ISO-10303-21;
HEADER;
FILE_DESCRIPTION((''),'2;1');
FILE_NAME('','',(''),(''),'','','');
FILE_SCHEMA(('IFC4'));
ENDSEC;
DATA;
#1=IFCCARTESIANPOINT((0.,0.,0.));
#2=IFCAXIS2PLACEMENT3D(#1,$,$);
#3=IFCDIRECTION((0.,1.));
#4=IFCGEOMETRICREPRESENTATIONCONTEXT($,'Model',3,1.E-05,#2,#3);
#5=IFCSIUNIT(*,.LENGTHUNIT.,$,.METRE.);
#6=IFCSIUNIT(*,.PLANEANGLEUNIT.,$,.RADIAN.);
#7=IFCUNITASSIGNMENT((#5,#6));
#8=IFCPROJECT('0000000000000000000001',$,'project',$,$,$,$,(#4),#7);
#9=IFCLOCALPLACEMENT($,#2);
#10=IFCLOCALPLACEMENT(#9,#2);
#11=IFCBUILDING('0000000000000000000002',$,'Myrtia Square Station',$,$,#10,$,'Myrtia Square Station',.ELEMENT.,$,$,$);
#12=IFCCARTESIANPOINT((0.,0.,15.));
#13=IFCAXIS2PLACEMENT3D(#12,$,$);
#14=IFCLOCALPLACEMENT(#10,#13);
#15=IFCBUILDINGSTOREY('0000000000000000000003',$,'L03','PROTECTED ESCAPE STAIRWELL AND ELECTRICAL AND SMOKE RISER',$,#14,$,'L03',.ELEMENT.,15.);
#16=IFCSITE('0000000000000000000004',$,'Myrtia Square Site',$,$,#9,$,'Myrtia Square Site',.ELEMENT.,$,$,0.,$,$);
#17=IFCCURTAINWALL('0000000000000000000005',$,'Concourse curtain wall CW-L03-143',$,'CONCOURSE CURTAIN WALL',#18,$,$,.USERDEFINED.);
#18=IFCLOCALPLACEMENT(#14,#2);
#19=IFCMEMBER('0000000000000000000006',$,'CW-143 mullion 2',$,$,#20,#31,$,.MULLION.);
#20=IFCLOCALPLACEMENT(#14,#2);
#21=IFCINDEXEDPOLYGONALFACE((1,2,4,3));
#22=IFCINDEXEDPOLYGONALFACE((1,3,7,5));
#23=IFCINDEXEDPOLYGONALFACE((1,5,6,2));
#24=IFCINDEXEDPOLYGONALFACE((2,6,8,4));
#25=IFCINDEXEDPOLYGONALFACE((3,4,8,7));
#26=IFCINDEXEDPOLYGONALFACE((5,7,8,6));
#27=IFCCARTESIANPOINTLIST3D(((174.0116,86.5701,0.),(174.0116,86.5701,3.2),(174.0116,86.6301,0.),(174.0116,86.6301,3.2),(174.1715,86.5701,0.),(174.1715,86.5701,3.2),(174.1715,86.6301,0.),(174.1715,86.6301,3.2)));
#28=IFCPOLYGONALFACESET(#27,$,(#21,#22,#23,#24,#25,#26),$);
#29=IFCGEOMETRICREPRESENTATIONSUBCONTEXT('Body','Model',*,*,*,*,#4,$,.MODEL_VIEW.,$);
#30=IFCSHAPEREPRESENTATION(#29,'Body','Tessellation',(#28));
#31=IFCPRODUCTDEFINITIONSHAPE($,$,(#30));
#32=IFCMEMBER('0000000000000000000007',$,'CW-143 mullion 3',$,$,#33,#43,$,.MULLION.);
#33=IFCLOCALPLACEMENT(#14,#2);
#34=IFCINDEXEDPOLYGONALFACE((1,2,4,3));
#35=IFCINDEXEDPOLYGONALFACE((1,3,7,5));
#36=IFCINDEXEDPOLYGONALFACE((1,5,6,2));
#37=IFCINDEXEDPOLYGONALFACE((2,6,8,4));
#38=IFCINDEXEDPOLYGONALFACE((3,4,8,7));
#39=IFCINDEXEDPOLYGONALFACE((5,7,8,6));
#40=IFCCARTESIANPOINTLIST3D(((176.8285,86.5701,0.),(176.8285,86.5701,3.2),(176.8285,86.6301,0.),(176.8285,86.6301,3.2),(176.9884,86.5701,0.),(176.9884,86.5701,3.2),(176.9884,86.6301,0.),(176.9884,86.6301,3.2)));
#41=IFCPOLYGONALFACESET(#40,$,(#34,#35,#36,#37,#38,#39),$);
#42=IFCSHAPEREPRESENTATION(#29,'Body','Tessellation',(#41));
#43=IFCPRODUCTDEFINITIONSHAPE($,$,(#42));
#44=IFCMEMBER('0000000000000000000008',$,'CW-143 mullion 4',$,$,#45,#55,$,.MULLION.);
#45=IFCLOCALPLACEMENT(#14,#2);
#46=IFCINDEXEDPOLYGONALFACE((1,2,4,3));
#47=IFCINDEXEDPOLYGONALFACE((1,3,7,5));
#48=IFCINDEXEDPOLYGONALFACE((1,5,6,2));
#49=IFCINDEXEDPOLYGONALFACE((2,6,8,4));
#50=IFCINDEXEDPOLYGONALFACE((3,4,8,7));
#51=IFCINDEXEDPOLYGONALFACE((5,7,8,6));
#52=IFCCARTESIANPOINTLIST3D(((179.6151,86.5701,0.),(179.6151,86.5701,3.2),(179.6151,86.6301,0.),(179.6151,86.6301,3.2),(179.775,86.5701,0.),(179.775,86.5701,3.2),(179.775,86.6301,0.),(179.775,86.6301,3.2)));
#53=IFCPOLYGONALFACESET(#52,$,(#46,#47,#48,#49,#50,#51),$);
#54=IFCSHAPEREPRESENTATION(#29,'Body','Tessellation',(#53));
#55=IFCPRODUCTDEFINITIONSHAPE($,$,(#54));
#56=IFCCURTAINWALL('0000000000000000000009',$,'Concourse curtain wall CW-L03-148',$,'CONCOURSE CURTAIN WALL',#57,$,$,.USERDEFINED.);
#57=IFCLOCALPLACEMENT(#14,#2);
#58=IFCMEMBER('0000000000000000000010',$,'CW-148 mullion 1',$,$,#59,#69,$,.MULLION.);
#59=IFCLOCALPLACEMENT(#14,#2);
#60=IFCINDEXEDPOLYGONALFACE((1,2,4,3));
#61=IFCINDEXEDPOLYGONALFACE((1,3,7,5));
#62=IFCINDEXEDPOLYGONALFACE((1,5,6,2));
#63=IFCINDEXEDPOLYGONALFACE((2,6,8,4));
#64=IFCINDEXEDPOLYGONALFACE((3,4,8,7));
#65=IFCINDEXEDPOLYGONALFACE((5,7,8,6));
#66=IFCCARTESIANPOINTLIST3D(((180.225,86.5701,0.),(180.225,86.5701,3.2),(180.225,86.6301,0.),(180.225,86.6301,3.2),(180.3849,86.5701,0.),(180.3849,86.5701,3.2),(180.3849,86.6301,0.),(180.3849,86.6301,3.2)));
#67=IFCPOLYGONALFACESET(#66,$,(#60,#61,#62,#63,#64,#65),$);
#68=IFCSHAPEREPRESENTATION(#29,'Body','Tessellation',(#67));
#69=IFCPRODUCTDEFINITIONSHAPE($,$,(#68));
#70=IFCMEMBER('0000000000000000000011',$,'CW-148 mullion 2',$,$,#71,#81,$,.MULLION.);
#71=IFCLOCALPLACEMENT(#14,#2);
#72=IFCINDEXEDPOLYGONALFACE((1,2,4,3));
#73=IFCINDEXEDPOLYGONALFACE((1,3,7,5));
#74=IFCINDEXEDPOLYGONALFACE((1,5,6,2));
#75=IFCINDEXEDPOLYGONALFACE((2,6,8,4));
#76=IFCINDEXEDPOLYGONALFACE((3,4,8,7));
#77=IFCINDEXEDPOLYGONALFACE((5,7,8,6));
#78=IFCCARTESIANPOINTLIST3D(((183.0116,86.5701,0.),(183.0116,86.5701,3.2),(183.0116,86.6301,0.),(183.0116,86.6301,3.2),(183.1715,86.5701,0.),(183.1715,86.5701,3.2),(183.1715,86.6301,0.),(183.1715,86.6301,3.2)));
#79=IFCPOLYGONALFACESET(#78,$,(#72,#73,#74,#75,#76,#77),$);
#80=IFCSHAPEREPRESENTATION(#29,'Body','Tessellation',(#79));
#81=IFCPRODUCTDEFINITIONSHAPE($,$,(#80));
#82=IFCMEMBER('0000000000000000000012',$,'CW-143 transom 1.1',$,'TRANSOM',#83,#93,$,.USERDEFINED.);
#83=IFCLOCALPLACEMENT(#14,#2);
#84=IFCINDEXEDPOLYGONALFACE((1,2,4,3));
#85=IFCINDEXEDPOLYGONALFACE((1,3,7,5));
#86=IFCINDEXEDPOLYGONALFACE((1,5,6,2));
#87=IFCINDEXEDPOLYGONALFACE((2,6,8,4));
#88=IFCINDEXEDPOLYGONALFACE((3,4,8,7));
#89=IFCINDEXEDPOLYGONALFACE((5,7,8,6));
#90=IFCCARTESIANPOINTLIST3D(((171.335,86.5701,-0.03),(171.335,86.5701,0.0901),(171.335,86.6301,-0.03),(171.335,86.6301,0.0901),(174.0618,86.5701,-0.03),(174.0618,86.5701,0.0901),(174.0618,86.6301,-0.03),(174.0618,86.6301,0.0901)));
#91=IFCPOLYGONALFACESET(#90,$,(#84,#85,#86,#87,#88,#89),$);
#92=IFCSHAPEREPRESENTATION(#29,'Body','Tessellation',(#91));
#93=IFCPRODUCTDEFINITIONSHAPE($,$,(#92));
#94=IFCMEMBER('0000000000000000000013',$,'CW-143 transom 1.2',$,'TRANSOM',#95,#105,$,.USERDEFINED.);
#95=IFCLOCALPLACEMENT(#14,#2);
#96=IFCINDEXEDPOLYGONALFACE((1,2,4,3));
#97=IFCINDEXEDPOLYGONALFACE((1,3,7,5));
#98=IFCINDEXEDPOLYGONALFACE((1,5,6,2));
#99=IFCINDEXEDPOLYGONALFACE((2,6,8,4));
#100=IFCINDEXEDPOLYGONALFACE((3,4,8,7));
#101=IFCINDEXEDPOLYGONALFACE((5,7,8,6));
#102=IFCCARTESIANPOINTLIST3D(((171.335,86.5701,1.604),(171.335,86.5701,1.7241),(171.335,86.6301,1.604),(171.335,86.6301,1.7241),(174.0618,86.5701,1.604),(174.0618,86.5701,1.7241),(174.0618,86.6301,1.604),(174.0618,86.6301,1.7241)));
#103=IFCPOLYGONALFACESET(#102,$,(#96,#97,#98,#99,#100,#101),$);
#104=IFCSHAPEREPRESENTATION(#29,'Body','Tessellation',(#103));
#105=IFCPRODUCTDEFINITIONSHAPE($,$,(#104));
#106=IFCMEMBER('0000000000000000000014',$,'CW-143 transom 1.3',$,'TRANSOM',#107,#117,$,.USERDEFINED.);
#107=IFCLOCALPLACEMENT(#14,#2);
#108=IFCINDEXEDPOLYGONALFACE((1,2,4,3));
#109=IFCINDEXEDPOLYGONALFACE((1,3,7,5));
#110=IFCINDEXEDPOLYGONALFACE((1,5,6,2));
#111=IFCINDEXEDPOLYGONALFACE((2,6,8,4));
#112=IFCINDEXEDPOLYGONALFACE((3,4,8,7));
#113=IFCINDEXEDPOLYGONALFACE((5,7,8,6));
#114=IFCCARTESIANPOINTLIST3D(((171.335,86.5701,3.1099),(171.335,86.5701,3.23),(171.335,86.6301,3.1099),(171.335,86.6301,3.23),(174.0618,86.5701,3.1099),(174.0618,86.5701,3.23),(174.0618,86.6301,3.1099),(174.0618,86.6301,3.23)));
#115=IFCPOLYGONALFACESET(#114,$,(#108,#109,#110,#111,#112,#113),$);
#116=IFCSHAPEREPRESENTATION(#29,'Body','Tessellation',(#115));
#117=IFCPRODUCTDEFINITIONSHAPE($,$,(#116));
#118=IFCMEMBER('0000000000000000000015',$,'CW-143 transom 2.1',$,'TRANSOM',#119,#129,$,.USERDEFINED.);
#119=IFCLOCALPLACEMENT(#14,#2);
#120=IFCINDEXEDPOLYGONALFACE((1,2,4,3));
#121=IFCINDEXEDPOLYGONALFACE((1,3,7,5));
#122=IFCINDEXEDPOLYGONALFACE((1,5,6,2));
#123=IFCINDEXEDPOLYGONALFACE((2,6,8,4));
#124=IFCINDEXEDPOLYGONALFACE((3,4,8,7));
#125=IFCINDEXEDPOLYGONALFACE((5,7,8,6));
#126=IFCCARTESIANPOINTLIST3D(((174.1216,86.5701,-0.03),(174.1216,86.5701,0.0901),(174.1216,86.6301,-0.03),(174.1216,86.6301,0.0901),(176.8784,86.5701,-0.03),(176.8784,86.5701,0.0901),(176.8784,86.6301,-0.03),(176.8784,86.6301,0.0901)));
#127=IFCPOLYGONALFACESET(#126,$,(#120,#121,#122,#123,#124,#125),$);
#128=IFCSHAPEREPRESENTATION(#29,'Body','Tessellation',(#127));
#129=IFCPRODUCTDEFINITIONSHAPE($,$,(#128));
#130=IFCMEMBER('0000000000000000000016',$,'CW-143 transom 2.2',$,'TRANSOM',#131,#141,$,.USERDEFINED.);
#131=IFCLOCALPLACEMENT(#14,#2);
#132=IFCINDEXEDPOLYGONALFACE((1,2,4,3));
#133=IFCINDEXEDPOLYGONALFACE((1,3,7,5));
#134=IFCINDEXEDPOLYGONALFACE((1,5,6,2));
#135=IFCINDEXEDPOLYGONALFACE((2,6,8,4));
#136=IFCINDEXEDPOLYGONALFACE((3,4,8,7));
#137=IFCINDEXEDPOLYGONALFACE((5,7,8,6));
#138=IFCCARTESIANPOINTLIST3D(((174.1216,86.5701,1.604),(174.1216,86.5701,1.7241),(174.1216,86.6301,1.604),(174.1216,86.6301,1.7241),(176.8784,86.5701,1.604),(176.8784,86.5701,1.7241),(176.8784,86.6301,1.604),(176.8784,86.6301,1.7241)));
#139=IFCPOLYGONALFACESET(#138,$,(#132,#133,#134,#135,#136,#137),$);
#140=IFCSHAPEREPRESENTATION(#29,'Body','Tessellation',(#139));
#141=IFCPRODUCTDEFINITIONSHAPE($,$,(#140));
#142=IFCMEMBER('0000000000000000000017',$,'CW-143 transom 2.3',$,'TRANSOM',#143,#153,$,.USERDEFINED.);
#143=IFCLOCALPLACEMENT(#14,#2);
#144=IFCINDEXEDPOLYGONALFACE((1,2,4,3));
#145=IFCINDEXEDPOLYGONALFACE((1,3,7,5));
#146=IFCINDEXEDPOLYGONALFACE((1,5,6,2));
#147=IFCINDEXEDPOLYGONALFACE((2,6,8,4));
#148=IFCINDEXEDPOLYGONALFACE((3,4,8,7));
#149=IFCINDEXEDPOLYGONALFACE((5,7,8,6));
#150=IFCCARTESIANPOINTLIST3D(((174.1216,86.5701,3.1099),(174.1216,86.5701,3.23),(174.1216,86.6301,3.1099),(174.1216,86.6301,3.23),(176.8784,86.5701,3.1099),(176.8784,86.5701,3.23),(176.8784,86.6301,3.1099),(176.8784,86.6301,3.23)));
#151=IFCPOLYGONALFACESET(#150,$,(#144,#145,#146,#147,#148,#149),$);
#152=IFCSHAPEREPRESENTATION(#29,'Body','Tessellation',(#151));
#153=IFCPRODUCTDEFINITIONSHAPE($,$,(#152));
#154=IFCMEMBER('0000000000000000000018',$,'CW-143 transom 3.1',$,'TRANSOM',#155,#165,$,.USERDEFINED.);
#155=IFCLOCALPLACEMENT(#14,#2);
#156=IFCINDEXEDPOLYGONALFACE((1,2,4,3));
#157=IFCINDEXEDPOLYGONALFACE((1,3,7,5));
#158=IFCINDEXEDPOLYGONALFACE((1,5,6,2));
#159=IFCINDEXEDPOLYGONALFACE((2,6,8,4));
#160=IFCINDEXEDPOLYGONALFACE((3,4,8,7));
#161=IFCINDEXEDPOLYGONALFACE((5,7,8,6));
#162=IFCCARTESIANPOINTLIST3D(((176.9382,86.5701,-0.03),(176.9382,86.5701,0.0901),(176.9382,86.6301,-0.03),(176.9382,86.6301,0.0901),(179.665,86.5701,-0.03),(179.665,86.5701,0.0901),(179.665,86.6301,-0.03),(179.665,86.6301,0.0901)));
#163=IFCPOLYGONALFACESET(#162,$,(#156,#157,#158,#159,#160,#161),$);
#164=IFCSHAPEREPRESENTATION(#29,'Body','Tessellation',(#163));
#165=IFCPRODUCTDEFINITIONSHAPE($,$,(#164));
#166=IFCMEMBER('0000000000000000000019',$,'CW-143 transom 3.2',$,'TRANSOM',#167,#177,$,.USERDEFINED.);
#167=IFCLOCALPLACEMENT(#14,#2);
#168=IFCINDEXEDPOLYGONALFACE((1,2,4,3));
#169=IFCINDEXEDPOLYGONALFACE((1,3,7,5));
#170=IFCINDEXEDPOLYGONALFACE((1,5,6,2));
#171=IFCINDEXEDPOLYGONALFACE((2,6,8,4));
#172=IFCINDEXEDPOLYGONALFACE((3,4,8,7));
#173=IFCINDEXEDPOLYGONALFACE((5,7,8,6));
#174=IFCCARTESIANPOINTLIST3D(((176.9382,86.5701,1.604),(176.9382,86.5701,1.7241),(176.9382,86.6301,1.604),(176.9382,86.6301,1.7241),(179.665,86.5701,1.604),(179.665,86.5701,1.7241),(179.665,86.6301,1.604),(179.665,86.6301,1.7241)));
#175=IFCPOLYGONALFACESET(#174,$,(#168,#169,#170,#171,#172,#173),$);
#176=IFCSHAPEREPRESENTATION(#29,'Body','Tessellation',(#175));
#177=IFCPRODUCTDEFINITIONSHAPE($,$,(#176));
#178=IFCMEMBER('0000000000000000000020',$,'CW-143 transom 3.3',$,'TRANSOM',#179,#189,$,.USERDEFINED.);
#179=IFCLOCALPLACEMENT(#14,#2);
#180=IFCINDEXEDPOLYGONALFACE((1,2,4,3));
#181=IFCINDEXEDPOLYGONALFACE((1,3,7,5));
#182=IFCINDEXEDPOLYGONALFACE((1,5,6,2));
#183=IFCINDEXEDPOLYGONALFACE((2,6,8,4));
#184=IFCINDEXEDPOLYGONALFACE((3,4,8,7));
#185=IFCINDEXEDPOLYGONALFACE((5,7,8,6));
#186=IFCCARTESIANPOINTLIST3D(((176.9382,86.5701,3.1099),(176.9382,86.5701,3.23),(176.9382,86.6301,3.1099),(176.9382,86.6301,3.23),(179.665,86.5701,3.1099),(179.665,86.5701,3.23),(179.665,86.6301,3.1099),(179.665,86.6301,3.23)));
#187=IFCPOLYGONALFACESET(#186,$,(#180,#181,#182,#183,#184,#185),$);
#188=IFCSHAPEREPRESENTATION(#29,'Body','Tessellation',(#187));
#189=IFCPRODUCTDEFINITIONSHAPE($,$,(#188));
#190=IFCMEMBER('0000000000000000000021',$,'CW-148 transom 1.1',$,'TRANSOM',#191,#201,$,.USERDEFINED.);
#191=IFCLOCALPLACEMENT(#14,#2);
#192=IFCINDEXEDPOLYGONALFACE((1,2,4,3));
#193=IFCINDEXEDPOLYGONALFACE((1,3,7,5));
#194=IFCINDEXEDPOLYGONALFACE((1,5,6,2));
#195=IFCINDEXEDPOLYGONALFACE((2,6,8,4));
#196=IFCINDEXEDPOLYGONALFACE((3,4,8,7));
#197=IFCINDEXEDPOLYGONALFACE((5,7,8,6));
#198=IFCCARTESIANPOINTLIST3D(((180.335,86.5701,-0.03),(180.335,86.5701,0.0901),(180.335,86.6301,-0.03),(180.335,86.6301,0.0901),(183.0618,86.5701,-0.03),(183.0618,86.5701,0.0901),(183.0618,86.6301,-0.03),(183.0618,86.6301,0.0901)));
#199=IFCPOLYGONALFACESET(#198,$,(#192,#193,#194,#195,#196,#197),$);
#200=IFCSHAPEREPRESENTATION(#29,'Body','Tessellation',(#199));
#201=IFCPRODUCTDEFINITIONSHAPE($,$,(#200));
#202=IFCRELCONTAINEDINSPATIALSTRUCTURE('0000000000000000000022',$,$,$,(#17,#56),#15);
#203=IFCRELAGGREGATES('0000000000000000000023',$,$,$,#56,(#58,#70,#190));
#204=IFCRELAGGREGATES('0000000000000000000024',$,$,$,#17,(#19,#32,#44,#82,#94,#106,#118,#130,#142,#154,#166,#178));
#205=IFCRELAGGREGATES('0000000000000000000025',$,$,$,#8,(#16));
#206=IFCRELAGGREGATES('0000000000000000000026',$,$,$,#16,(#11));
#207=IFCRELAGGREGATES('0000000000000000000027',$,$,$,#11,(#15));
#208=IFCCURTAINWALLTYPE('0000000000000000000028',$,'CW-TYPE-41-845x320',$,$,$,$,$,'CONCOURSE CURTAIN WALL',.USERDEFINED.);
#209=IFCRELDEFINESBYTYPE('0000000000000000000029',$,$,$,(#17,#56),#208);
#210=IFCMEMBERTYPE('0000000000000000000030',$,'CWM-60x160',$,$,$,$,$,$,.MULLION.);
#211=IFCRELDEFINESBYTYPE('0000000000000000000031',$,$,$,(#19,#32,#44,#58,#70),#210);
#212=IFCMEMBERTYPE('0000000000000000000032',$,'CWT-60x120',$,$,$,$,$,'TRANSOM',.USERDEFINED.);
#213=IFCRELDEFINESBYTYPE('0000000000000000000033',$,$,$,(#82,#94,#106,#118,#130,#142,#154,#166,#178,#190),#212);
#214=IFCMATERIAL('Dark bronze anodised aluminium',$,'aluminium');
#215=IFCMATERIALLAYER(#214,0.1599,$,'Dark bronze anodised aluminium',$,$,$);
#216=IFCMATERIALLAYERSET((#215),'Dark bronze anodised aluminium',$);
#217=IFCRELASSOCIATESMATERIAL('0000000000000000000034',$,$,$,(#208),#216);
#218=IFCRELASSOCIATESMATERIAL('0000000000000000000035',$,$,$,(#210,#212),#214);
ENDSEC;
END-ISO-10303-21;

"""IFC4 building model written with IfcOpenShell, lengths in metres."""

from ifc_helpers import new_model, si_unit, direction, frame, origin, origin_2d, place, context, subcontext, project, spatial, rectangle, extrude, material, layer, layer_set, material_profile, profile_set, type_object, element, aggregate, save


model = new_model("IFC4")

# Units and contexts
model_context = context("Model", 3, precision=1e-05, world=origin(), true_north=direction((0.0, 1.0)))
body_context = subcontext(model_context, "Body", "Model", "MODEL_VIEW")
ifc_project = project(units=[si_unit("LENGTHUNIT", "METRE"), si_unit("PLANEANGLEUNIT", "RADIAN")], contexts=[model_context])

# Site, building, storey
site_placement = place(None, origin())
site = spatial("IfcSite", under=ifc_project, at=site_placement, Name="Myrtia Square Site", LongName="Myrtia Square Site", CompositionType="ELEMENT", RefElevation=0.0)
building_placement = place(site_placement, origin())
building = spatial("IfcBuilding", under=site, at=building_placement, Name="Myrtia Square Station", LongName="Myrtia Square Station", CompositionType="ELEMENT")
storey_placement = place(building_placement, frame((0.0, 0.0, 15.0)))
storey = spatial("IfcBuildingStorey", under=building, at=storey_placement, Name="L03", Description="PROTECTED ESCAPE STAIRWELL AND ELECTRICAL AND SMOKE RISER", LongName="L03", CompositionType="ELEMENT", Elevation=15.0)

# Curtain walls, members
ifc_material_1 = material(Name="Dark bronze anodised aluminium", Category="aluminium")
ifc_layer_1 = layer(ifc_material_1, 0.1599, Name="Dark bronze anodised aluminium")
ifc_layer_set_1 = layer_set([ifc_layer_1], Name="Dark bronze anodised aluminium")
curtain_wall_type = type_object("IfcCurtainWallType", Name="CW-TYPE-41-845x320", ElementType="CONCOURSE CURTAIN WALL", PredefinedType="USERDEFINED", material=ifc_layer_set_1)
curtain_wall_1_placement = place(storey_placement, origin())
curtain_wall_1 = element("IfcCurtainWall", 1, at=curtain_wall_1_placement, inside=storey, type_object=curtain_wall_type, Name="Concourse curtain wall CW-L03-143", ObjectType="CONCOURSE CURTAIN WALL", PredefinedType="USERDEFINED")
ifc_material_profile_1 = material_profile(ifc_material_1, rectangle(XDim=0.0601, YDim=0.1599, at=origin_2d()), Name="ALU-M 60x160")
ifc_profile_set_1 = profile_set([ifc_material_profile_1], Name="Dark bronze anodised aluminium")
member_type_1 = type_object("IfcMemberType", Name="CWM-60x160", PredefinedType="MULLION", material=ifc_profile_set_1)
member_1_placement = place(storey_placement, frame((174.0916, 86.6001, 0.0), z_axis=(0.0, 0.0, 1.0), x_axis=(0.0, 1.0, 0.0)))
member_1 = element("IfcMember", 2, at=member_1_placement, type_object=member_type_1, Name="CW-143 mullion 2", PredefinedType="MULLION", context=body_context, shape_type="SweptSolid", body=[
    extrude(rectangle(XDim=0.0601, YDim=0.1599, at=origin_2d()), origin(), (0.0, 0.0, 1.0), 3.2),
])
member_2_placement = place(storey_placement, frame((176.9084, 86.6001, 0.0), z_axis=(0.0, 0.0, 1.0), x_axis=(0.0, 1.0, 0.0)))
member_2 = element("IfcMember", 3, at=member_2_placement, type_object=member_type_1, Name="CW-143 mullion 3", PredefinedType="MULLION", context=body_context, shape_type="SweptSolid", body=[
    extrude(rectangle(XDim=0.0601, YDim=0.1599, at=origin_2d()), origin(), (0.0, 0.0, 1.0), 3.2),
])
member_3_placement = place(storey_placement, frame((179.6951, 86.6001, 0.0), z_axis=(0.0, 0.0, 1.0), x_axis=(0.0, 1.0, 0.0)))
member_3 = element("IfcMember", 4, at=member_3_placement, type_object=member_type_1, Name="CW-143 mullion 4", PredefinedType="MULLION", context=body_context, shape_type="SweptSolid", body=[
    extrude(rectangle(XDim=0.0601, YDim=0.1599, at=origin_2d()), origin(), (0.0, 0.0, 1.0), 3.2),
])
curtain_wall_2_placement = place(storey_placement, origin())
curtain_wall_2 = element("IfcCurtainWall", 5, at=curtain_wall_2_placement, inside=storey, type_object=curtain_wall_type, Name="Concourse curtain wall CW-L03-148", ObjectType="CONCOURSE CURTAIN WALL", PredefinedType="USERDEFINED")
member_4_placement = place(storey_placement, frame((180.3049, 86.6001, 0.0), z_axis=(0.0, 0.0, 1.0), x_axis=(0.0, 1.0, 0.0)))
member_4 = element("IfcMember", 6, at=member_4_placement, type_object=member_type_1, Name="CW-148 mullion 1", PredefinedType="MULLION", context=body_context, shape_type="SweptSolid", body=[
    extrude(rectangle(XDim=0.0601, YDim=0.1599, at=origin_2d()), origin(), (0.0, 0.0, 1.0), 3.2),
])
member_5_placement = place(storey_placement, frame((183.0916, 86.6001, 0.0), z_axis=(0.0, 0.0, 1.0), x_axis=(0.0, 1.0, 0.0)))
member_5 = element("IfcMember", 7, at=member_5_placement, type_object=member_type_1, Name="CW-148 mullion 2", PredefinedType="MULLION", context=body_context, shape_type="SweptSolid", body=[
    extrude(rectangle(XDim=0.0601, YDim=0.1599, at=origin_2d()), origin(), (0.0, 0.0, 1.0), 3.2),
])

# Members
ifc_material_profile_2 = material_profile(ifc_material_1, rectangle(XDim=0.0601, YDim=0.1201, at=origin_2d()), Name="ALU-T 60x120")
ifc_profile_set_2 = profile_set([ifc_material_profile_2], Name="Dark bronze anodised aluminium")
member_type_2 = type_object("IfcMemberType", Name="CWT-60x120", ElementType="TRANSOM", PredefinedType="USERDEFINED", material=ifc_profile_set_2)
member_6_placement = place(storey_placement, frame((171.335, 86.6001, 0.03), z_axis=(1.0, 0.0, 0.0), x_axis=(0.0, 1.0, 0.0)))
member_6 = element("IfcMember", 8, at=member_6_placement, type_object=member_type_2, Name="CW-143 transom 1.1", ObjectType="TRANSOM", PredefinedType="USERDEFINED", context=body_context, shape_type="SweptSolid", body=[
    extrude(rectangle(XDim=0.0601, YDim=0.1201, at=origin_2d()), origin(), (0.0, 0.0, 1.0), 2.7268),
])
member_7_placement = place(storey_placement, frame((171.335, 86.6001, 1.6641), z_axis=(1.0, 0.0, 0.0), x_axis=(0.0, 1.0, 0.0)))
member_7 = element("IfcMember", 9, at=member_7_placement, type_object=member_type_2, Name="CW-143 transom 1.2", ObjectType="TRANSOM", PredefinedType="USERDEFINED", context=body_context, shape_type="SweptSolid", body=[
    extrude(rectangle(XDim=0.0601, YDim=0.1201, at=origin_2d()), origin(), (0.0, 0.0, 1.0), 2.7268),
])
member_8_placement = place(storey_placement, frame((171.335, 86.6001, 3.1699), z_axis=(1.0, 0.0, 0.0), x_axis=(0.0, 1.0, 0.0)))
member_8 = element("IfcMember", 10, at=member_8_placement, type_object=member_type_2, Name="CW-143 transom 1.3", ObjectType="TRANSOM", PredefinedType="USERDEFINED", context=body_context, shape_type="SweptSolid", body=[
    extrude(rectangle(XDim=0.0601, YDim=0.1201, at=origin_2d()), origin(), (0.0, 0.0, 1.0), 2.7268),
])
member_9_placement = place(storey_placement, frame((174.1216, 86.6001, 0.03), z_axis=(1.0, 0.0, 0.0), x_axis=(0.0, 1.0, 0.0)))
member_9 = element("IfcMember", 11, at=member_9_placement, type_object=member_type_2, Name="CW-143 transom 2.1", ObjectType="TRANSOM", PredefinedType="USERDEFINED", context=body_context, shape_type="SweptSolid", body=[
    extrude(rectangle(XDim=0.0601, YDim=0.1201, at=origin_2d()), origin(), (0.0, 0.0, 1.0), 2.7568),
])
member_10_placement = place(storey_placement, frame((174.1216, 86.6001, 1.6641), z_axis=(1.0, 0.0, 0.0), x_axis=(0.0, 1.0, 0.0)))
member_10 = element("IfcMember", 12, at=member_10_placement, type_object=member_type_2, Name="CW-143 transom 2.2", ObjectType="TRANSOM", PredefinedType="USERDEFINED", context=body_context, shape_type="SweptSolid", body=[
    extrude(rectangle(XDim=0.0601, YDim=0.1201, at=origin_2d()), origin(), (0.0, 0.0, 1.0), 2.7568),
])
member_11_placement = place(storey_placement, frame((174.1216, 86.6001, 3.1699), z_axis=(1.0, 0.0, 0.0), x_axis=(0.0, 1.0, 0.0)))
member_11 = element("IfcMember", 13, at=member_11_placement, type_object=member_type_2, Name="CW-143 transom 2.3", ObjectType="TRANSOM", PredefinedType="USERDEFINED", context=body_context, shape_type="SweptSolid", body=[
    extrude(rectangle(XDim=0.0601, YDim=0.1201, at=origin_2d()), origin(), (0.0, 0.0, 1.0), 2.7568),
])
member_12_placement = place(storey_placement, frame((176.9382, 86.6001, 0.03), z_axis=(1.0, 0.0, 0.0), x_axis=(0.0, 1.0, 0.0)))
member_12 = element("IfcMember", 14, at=member_12_placement, type_object=member_type_2, Name="CW-143 transom 3.1", ObjectType="TRANSOM", PredefinedType="USERDEFINED", context=body_context, shape_type="SweptSolid", body=[
    extrude(rectangle(XDim=0.0601, YDim=0.1201, at=origin_2d()), origin(), (0.0, 0.0, 1.0), 2.7268),
])
member_13_placement = place(storey_placement, frame((176.9382, 86.6001, 1.6641), z_axis=(1.0, 0.0, 0.0), x_axis=(0.0, 1.0, 0.0)))
member_13 = element("IfcMember", 15, at=member_13_placement, type_object=member_type_2, Name="CW-143 transom 3.2", ObjectType="TRANSOM", PredefinedType="USERDEFINED", context=body_context, shape_type="SweptSolid", body=[
    extrude(rectangle(XDim=0.0601, YDim=0.1201, at=origin_2d()), origin(), (0.0, 0.0, 1.0), 2.7268),
])
member_14_placement = place(storey_placement, frame((176.9382, 86.6001, 3.1699), z_axis=(1.0, 0.0, 0.0), x_axis=(0.0, 1.0, 0.0)))
member_14 = element("IfcMember", 16, at=member_14_placement, type_object=member_type_2, Name="CW-143 transom 3.3", ObjectType="TRANSOM", PredefinedType="USERDEFINED", context=body_context, shape_type="SweptSolid", body=[
    extrude(rectangle(XDim=0.0601, YDim=0.1201, at=origin_2d()), origin(), (0.0, 0.0, 1.0), 2.7268),
])
member_15_placement = place(storey_placement, frame((180.335, 86.6001, 0.03), z_axis=(1.0, 0.0, 0.0), x_axis=(0.0, 1.0, 0.0)))
member_15 = element("IfcMember", 17, at=member_15_placement, type_object=member_type_2, Name="CW-148 transom 1.1", ObjectType="TRANSOM", PredefinedType="USERDEFINED", context=body_context, shape_type="SweptSolid", body=[
    extrude(rectangle(XDim=0.0601, YDim=0.1201, at=origin_2d()), origin(), (0.0, 0.0, 1.0), 2.7268),
])

aggregate(curtain_wall_2, [member_4, member_5, member_15])
aggregate(curtain_wall_1, [member_1, member_2, member_3, member_6, member_7, member_8, member_9, member_10, member_11, member_12, member_13, member_14])

save(model, "model.ifc")
